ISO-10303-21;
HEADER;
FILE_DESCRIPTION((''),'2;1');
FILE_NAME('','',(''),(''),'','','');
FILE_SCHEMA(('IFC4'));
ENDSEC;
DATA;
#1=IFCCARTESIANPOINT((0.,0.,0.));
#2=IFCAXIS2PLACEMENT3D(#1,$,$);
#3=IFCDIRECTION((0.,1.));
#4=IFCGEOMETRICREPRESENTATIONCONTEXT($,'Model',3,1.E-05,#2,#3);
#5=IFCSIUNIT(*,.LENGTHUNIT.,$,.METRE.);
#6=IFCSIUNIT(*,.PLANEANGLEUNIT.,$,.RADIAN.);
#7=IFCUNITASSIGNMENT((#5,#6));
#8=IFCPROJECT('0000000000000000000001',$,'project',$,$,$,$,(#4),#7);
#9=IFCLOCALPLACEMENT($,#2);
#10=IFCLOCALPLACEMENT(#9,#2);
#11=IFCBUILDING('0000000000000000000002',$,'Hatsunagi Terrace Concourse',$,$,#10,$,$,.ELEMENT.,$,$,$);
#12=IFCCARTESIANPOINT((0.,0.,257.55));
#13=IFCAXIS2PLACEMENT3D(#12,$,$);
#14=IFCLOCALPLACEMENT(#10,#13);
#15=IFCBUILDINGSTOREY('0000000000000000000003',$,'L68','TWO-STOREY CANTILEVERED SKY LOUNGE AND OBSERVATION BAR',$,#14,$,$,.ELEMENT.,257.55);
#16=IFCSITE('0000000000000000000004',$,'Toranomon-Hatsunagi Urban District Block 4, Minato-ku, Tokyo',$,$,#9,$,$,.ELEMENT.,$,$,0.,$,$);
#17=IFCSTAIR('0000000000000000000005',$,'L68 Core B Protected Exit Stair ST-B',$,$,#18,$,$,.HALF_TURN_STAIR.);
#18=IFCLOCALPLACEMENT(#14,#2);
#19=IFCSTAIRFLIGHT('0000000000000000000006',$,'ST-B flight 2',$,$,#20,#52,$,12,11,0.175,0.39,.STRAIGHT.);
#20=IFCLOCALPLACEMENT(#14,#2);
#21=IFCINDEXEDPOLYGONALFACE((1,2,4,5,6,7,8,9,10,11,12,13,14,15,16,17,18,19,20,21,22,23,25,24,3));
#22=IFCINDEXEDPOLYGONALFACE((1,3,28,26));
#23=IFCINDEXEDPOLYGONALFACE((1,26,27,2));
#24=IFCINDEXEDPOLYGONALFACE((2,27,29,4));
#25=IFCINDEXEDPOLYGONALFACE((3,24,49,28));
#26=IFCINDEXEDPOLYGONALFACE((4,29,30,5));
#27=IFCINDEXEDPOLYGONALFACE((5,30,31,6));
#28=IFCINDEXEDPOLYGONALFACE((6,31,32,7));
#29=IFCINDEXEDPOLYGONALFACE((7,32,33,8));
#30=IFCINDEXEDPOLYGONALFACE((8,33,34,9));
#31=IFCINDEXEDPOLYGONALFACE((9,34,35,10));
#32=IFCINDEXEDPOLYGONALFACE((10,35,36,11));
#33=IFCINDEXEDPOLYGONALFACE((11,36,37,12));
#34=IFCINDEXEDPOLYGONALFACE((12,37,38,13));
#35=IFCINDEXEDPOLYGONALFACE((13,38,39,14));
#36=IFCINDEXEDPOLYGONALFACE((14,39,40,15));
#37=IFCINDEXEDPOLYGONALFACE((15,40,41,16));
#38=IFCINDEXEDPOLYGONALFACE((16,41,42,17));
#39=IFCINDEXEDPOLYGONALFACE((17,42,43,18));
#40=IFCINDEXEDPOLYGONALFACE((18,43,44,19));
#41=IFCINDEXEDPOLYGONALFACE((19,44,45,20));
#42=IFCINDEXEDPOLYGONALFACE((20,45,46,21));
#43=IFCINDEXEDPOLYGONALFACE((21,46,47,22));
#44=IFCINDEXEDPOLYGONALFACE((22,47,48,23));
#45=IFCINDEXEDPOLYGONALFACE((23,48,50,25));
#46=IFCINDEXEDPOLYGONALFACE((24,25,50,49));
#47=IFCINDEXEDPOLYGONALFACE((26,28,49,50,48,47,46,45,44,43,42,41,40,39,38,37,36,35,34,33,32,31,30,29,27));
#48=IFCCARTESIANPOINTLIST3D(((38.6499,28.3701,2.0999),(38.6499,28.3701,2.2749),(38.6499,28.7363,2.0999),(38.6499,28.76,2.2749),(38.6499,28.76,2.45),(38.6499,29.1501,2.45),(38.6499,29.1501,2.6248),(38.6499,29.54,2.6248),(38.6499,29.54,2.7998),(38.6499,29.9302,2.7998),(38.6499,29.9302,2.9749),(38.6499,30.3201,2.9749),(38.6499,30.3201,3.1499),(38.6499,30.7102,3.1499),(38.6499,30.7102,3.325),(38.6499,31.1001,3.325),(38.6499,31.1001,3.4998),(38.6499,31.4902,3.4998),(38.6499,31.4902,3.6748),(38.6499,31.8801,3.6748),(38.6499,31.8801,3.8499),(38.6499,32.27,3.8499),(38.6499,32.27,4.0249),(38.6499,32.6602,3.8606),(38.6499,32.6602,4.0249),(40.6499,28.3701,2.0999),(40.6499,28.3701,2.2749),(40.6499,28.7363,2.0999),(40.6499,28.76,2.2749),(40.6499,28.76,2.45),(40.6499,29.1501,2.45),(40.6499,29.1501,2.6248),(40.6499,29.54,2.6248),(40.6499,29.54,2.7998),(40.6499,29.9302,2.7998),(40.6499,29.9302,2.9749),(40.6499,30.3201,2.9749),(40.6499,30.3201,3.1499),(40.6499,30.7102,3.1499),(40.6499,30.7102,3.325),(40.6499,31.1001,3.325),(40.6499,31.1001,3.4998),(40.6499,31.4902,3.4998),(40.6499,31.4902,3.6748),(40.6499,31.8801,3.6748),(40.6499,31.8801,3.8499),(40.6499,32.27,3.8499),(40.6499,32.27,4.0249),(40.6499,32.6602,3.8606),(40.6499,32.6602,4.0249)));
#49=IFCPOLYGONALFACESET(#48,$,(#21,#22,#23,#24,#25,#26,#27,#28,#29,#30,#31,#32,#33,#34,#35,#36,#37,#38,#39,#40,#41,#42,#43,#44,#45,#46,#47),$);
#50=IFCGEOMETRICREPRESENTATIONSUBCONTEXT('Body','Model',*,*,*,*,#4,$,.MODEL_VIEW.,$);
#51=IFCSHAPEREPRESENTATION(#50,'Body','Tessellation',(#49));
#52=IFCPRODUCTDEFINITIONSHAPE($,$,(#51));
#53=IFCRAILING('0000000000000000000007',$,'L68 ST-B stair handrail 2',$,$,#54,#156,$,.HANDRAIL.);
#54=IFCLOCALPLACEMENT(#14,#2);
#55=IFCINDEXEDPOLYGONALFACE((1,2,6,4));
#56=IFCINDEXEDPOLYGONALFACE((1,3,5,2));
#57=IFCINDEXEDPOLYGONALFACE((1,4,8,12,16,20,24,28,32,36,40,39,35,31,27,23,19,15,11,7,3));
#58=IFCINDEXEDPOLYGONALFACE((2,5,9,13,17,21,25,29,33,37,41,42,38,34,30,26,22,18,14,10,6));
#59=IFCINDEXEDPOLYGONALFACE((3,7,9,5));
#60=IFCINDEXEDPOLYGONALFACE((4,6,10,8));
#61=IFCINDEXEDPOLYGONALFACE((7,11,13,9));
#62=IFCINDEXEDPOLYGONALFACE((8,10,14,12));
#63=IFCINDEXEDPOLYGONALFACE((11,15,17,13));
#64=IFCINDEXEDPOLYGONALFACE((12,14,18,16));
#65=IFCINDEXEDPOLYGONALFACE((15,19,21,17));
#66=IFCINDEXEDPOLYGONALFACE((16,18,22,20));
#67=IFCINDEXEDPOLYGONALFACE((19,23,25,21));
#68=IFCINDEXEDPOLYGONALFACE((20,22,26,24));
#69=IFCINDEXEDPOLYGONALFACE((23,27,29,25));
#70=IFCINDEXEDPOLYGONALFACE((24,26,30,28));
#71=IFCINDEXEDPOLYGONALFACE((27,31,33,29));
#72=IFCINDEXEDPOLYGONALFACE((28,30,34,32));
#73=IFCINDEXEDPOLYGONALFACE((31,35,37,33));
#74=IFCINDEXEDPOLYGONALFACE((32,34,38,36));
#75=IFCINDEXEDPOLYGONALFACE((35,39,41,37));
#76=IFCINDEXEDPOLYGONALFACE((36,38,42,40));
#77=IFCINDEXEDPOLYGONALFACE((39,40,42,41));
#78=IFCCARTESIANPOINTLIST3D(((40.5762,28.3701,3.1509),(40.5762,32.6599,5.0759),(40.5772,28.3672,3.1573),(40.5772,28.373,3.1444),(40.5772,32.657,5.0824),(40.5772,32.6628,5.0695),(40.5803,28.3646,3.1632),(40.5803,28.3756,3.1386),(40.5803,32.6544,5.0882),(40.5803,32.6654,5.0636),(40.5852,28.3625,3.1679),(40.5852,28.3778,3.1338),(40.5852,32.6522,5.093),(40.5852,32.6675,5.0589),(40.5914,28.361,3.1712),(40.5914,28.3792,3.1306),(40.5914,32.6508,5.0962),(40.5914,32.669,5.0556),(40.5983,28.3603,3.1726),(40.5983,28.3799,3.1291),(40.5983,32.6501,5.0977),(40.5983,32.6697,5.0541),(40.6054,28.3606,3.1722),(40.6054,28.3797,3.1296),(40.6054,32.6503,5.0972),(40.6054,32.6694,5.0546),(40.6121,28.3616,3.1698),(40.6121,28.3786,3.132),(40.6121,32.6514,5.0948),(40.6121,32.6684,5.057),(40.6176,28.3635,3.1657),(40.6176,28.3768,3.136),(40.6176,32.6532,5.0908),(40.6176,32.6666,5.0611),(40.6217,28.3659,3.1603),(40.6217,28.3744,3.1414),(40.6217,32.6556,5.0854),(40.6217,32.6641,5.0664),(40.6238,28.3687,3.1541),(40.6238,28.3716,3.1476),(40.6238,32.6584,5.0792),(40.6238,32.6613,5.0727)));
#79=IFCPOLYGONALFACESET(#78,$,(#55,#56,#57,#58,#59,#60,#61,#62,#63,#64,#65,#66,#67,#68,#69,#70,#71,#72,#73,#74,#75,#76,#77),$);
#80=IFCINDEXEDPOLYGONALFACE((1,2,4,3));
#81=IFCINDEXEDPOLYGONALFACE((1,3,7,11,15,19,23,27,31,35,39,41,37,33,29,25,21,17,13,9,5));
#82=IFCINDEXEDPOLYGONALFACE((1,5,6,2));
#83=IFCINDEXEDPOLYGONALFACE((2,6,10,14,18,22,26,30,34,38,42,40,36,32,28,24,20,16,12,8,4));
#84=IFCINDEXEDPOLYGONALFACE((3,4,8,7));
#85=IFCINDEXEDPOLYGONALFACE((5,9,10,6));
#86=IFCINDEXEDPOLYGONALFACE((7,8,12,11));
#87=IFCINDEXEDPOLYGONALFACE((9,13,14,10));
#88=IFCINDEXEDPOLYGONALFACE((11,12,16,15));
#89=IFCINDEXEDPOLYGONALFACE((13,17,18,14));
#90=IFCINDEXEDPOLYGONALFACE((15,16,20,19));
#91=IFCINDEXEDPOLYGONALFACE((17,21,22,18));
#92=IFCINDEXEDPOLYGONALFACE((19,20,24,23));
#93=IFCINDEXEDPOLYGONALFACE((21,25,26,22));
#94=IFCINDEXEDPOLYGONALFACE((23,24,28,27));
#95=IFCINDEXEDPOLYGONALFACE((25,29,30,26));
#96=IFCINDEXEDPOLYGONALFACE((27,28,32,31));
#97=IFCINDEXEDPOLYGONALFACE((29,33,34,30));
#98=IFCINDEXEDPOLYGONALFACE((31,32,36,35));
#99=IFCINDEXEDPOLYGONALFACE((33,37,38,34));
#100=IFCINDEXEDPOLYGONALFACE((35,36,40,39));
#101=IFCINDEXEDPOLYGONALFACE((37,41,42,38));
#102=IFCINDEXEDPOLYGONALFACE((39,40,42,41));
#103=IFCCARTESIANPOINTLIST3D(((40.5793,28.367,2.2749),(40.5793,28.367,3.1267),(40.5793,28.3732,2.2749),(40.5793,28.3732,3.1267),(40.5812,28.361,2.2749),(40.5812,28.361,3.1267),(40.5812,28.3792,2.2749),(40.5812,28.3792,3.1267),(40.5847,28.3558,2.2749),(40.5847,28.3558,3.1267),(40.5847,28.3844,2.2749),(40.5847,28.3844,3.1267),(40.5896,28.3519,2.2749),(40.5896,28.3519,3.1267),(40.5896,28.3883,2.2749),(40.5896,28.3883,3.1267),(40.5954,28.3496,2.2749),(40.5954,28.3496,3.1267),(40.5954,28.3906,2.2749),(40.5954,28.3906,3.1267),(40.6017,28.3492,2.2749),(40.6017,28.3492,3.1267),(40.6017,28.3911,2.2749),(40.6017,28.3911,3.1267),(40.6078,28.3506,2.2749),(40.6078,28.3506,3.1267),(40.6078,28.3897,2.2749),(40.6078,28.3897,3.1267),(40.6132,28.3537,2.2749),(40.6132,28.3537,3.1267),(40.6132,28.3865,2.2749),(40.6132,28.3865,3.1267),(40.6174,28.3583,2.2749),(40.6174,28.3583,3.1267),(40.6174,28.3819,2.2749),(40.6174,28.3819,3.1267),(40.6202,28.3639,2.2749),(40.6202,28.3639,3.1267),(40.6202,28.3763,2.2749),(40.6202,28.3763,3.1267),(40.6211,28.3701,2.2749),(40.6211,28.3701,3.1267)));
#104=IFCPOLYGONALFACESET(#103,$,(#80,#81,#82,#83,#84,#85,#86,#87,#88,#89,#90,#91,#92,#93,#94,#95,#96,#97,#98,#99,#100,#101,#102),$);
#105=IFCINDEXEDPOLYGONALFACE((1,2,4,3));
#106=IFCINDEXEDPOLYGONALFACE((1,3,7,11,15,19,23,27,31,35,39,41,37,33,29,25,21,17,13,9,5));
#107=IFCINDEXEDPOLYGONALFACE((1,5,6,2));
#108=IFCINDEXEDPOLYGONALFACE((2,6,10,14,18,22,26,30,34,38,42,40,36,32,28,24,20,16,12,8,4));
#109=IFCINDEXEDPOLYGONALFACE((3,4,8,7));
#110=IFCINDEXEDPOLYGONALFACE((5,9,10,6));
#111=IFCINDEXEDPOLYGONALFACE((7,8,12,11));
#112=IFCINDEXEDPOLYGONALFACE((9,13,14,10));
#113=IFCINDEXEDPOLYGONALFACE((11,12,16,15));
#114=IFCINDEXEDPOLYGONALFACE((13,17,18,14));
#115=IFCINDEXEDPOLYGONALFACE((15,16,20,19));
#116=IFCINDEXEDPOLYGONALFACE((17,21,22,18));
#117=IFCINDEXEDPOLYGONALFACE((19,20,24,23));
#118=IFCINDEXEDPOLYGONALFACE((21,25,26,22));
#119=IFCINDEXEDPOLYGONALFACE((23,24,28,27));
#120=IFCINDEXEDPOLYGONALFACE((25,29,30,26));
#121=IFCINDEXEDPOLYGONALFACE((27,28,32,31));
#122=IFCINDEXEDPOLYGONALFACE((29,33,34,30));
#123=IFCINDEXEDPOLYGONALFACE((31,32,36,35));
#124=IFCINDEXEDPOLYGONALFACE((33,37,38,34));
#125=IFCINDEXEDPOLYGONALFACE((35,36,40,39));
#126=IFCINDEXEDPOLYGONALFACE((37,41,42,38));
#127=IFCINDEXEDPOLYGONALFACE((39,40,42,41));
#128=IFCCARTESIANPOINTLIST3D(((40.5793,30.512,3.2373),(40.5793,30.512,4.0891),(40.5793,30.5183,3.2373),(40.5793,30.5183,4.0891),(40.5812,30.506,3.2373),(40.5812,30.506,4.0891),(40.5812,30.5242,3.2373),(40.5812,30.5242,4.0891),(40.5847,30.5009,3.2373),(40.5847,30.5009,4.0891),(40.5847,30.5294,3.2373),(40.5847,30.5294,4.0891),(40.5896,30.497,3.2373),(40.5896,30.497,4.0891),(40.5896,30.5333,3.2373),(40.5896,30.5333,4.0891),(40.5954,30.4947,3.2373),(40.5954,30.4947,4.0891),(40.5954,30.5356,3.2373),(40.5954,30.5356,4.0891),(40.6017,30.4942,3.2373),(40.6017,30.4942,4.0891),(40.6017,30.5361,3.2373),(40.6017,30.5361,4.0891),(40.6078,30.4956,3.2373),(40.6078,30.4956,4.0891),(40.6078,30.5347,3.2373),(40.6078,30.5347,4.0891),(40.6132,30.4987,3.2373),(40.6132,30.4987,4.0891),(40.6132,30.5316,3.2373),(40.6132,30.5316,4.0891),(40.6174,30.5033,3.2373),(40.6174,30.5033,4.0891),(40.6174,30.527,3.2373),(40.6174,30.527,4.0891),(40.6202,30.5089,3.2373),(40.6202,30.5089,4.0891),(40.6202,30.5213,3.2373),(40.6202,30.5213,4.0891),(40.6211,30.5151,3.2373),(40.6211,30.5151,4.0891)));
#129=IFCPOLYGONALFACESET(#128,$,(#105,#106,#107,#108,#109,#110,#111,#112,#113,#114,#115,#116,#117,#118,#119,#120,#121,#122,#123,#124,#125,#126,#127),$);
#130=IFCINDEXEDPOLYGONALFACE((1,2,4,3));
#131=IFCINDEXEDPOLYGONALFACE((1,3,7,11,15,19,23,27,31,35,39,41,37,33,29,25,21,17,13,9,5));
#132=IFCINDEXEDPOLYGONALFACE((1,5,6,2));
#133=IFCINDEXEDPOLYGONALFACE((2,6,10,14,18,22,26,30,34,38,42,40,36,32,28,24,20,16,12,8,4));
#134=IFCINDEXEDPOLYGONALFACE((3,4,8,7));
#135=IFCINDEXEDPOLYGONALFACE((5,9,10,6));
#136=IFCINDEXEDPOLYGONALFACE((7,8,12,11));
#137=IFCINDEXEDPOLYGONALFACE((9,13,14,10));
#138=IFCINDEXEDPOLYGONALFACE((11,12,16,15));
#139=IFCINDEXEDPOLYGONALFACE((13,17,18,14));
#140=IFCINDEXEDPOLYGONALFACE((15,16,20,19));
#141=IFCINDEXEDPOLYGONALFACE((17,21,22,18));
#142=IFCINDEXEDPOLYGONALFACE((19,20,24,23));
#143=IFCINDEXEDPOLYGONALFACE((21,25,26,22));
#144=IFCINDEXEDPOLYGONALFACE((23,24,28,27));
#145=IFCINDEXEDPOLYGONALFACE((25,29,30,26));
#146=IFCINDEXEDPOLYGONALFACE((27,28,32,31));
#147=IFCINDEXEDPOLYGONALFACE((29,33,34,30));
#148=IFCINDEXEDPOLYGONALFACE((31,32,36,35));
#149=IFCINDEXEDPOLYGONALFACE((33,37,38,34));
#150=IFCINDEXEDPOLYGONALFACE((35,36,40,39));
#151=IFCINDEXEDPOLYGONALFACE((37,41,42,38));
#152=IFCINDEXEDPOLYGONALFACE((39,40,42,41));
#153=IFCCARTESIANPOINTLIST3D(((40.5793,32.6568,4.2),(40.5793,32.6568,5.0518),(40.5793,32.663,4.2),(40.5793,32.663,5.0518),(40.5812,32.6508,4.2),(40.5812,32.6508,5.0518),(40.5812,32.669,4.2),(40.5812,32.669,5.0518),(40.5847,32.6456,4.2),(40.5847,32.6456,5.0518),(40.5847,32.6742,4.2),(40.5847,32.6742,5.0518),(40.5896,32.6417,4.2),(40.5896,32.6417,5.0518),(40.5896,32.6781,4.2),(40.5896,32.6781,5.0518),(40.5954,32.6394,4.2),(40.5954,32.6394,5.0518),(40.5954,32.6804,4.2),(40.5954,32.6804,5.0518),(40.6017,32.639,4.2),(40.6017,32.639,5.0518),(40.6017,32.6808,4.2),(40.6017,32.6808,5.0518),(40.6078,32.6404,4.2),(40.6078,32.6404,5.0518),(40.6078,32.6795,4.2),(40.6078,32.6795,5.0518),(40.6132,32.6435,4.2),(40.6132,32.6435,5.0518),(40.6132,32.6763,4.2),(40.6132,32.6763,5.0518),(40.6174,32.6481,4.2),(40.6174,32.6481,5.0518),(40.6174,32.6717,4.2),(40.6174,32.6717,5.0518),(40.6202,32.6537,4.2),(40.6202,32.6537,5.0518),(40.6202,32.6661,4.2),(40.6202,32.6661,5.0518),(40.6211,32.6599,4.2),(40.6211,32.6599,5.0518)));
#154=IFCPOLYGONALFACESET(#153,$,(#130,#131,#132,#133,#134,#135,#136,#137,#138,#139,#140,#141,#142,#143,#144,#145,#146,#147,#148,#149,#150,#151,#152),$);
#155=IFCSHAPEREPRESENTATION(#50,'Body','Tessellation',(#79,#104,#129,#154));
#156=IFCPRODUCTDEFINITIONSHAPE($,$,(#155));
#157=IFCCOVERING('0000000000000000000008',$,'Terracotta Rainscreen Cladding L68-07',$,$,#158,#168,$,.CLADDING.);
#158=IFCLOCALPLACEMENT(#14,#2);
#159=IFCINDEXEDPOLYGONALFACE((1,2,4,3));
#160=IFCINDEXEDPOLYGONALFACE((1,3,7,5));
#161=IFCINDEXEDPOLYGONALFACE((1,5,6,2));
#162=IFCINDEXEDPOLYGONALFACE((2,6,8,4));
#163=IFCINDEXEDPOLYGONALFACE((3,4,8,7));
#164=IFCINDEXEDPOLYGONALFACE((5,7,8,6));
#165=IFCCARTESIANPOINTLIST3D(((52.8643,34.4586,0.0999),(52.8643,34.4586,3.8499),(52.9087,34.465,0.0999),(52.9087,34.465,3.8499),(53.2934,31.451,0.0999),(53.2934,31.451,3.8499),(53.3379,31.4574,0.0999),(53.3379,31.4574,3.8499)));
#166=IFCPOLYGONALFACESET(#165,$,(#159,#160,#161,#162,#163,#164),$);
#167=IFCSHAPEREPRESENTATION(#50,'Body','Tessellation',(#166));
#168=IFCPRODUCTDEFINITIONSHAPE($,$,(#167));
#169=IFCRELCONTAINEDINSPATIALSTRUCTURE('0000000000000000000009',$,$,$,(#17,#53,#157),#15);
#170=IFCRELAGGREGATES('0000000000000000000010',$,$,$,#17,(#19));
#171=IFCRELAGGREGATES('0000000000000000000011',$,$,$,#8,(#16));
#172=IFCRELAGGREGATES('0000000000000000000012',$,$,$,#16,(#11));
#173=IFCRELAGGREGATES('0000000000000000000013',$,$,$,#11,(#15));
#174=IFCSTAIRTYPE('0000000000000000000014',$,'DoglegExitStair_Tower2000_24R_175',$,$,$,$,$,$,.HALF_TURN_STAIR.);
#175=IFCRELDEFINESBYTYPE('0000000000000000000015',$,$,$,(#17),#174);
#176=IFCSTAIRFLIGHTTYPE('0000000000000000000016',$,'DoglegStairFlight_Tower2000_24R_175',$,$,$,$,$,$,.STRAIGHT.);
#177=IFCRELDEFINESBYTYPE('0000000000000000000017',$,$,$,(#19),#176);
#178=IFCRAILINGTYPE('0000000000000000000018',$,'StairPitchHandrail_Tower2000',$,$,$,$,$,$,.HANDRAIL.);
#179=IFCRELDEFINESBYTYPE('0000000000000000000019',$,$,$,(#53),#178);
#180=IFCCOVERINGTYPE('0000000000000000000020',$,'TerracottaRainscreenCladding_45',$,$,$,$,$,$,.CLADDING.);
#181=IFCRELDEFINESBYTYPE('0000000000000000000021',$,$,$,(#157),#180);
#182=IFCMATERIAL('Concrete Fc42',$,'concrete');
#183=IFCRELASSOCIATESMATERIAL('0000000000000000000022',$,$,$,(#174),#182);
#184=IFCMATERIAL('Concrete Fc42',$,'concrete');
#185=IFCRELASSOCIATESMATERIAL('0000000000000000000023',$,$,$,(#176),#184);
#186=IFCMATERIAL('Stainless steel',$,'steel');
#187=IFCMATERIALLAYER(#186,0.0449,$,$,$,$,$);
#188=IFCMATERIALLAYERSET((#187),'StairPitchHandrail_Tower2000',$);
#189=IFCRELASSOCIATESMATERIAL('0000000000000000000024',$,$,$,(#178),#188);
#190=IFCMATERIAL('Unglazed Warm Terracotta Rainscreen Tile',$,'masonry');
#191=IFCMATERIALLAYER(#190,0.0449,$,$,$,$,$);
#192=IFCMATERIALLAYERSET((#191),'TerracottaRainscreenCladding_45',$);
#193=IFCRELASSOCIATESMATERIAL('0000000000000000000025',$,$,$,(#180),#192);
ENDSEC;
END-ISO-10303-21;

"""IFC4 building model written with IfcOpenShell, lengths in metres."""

from ifc_helpers import new_model, si_unit, direction, frame, origin, origin_2d, place, context, subcontext, project, spatial, polyline, rectangle, circle, outline, extrude, material, layer, layer_set, type_object, element, aggregate, save


model = new_model("IFC4")

# Units and contexts
model_context = context("Model", 3, precision=1e-05, world=origin(), true_north=direction((0.0, 1.0)))
body_context = subcontext(model_context, "Body", "Model", "MODEL_VIEW")
ifc_project = project(units=[si_unit("LENGTHUNIT", "METRE"), si_unit("PLANEANGLEUNIT", "RADIAN")], contexts=[model_context])

# Site, building, storey
site_placement = place(None, origin())
site = spatial("IfcSite", under=ifc_project, at=site_placement, Name="Toranomon-Hatsunagi Urban District Block 4, Minato-ku, Tokyo", CompositionType="ELEMENT", RefElevation=0.0)
building_placement = place(site_placement, origin())
building = spatial("IfcBuilding", under=site, at=building_placement, Name="Hatsunagi Terrace Concourse", CompositionType="ELEMENT")
storey_placement = place(building_placement, frame((0.0, 0.0, 257.55)))
storey = spatial("IfcBuildingStorey", under=building, at=storey_placement, Name="L68", Description="TWO-STOREY CANTILEVERED SKY LOUNGE AND OBSERVATION BAR", CompositionType="ELEMENT", Elevation=257.55)

# Stair, stair flight
ifc_material_1 = material(Name="Concrete Fc42", Category="concrete")
stair_type = type_object("IfcStairType", Name="DoglegExitStair_Tower2000_24R_175", PredefinedType="HALF_TURN_STAIR", material=ifc_material_1)
stair_placement = place(storey_placement, origin())
stair = element("IfcStair", 1, at=stair_placement, inside=storey, type_object=stair_type, Name="L68 Core B Protected Exit Stair ST-B", PredefinedType="HALF_TURN_STAIR")
ifc_material_2 = material(Name="Concrete Fc42", Category="concrete")
stair_flight_type = type_object("IfcStairFlightType", Name="DoglegStairFlight_Tower2000_24R_175", PredefinedType="STRAIGHT", material=ifc_material_2)
stair_flight_placement = place(storey_placement, frame((39.6499, 28.3701, 2.0999), z_axis=(0.0, 0.0, 1.0), x_axis=(0.0, 1.0, 0.0)))
stair_flight = element("IfcStairFlight", 2, at=stair_flight_placement, type_object=stair_flight_type, Name="ST-B flight 2", NumberOfRisers=12, NumberOfTreads=11, PredefinedType="STRAIGHT", RiserHeight=0.175, TreadLength=0.39, context=body_context, shape_type="SweptSolid", body=[
    extrude(outline(polyline([(0.0, 0.0), (0.0, 0.175), (0.3899, 0.175), (0.3899, 0.3501), (0.78, 0.3501), (0.78, 0.5249), (1.1699, 0.5249), (1.1699, 0.7), (1.5601, 0.7), (1.5601, 0.875), (1.95, 0.875), (1.95, 1.05), (2.3401, 1.05), (2.3401, 1.2251), (2.73, 1.2251), (2.73, 1.3999), (3.1201, 1.3999), (3.1201, 1.575), (3.51, 1.575), (3.51, 1.75), (3.8999, 1.75), (3.8999, 1.925), (4.29, 1.925), (4.29, 2.1001), (4.29, 1.7607), (0.3662, 0.0), (0.0, 0.0)])), frame((0.0, 1.0, 0.0), z_axis=(0.0, -1.0, 0.0), x_axis=(1.0, 0.0, 0.0)), (0.0, 0.0, 1.0), 2.0),
])
aggregate(stair, [stair_flight])

# Railing
ifc_material_3 = material(Name="Stainless steel", Category="steel")
ifc_layer_1 = layer(ifc_material_3, 0.0449)
ifc_layer_set_1 = layer_set([ifc_layer_1], Name="StairPitchHandrail_Tower2000")
railing_type = type_object("IfcRailingType", Name="StairPitchHandrail_Tower2000", PredefinedType="HANDRAIL", material=ifc_layer_set_1)
railing_placement = place(storey_placement, frame((40.6001, 28.3701, 2.2749)))
element("IfcRailing", 3, at=railing_placement, inside=storey, type_object=railing_type, Name="L68 ST-B stair handrail 2", PredefinedType="HANDRAIL", context=body_context, shape_type="SweptSolid", body=[
    extrude(circle(Radius=0.0239, at=origin_2d()), frame((0.0, 0.0, 0.876), z_axis=(0.0, 0.912348, 0.409417), x_axis=(-1.0, 0.0, 0.0)), (0.0, 0.0, 1.0), 4.7019),
    extrude(circle(Radius=0.021, at=origin_2d()), origin(), (0.0, 0.0, 1.0), 0.8518),
    extrude(circle(Radius=0.021, at=origin_2d()), frame((0.0, 2.145, 0.9624)), (0.0, 0.0, 1.0), 0.8518),
    extrude(circle(Radius=0.021, at=origin_2d()), frame((0.0, 4.2898, 1.925)), (0.0, 0.0, 1.0), 0.8518),
])

# Covering
ifc_material_4 = material(Name="Unglazed Warm Terracotta Rainscreen Tile", Category="masonry")
ifc_layer_2 = layer(ifc_material_4, 0.0449)
ifc_layer_set_2 = layer_set([ifc_layer_2], Name="TerracottaRainscreenCladding_45")
covering_type = type_object("IfcCoveringType", Name="TerracottaRainscreenCladding_45", PredefinedType="CLADDING", material=ifc_layer_set_2)
covering_placement = place(storey_placement, frame((53.1011, 32.958, 0.0999), z_axis=(0.0, 0.0, 1.0), x_axis=(0.14125, -0.989974, 0.0)))
element("IfcCovering", 4, at=covering_placement, inside=storey, type_object=covering_type, Name="Terracotta Rainscreen Cladding L68-07", PredefinedType="CLADDING", context=body_context, shape_type="SweptSolid", body=[
    extrude(rectangle(XDim=3.0381, YDim=0.0449, at=origin_2d()), origin(), (0.0, 0.0, 1.0), 3.75),
])

save(model, "model.ifc")
